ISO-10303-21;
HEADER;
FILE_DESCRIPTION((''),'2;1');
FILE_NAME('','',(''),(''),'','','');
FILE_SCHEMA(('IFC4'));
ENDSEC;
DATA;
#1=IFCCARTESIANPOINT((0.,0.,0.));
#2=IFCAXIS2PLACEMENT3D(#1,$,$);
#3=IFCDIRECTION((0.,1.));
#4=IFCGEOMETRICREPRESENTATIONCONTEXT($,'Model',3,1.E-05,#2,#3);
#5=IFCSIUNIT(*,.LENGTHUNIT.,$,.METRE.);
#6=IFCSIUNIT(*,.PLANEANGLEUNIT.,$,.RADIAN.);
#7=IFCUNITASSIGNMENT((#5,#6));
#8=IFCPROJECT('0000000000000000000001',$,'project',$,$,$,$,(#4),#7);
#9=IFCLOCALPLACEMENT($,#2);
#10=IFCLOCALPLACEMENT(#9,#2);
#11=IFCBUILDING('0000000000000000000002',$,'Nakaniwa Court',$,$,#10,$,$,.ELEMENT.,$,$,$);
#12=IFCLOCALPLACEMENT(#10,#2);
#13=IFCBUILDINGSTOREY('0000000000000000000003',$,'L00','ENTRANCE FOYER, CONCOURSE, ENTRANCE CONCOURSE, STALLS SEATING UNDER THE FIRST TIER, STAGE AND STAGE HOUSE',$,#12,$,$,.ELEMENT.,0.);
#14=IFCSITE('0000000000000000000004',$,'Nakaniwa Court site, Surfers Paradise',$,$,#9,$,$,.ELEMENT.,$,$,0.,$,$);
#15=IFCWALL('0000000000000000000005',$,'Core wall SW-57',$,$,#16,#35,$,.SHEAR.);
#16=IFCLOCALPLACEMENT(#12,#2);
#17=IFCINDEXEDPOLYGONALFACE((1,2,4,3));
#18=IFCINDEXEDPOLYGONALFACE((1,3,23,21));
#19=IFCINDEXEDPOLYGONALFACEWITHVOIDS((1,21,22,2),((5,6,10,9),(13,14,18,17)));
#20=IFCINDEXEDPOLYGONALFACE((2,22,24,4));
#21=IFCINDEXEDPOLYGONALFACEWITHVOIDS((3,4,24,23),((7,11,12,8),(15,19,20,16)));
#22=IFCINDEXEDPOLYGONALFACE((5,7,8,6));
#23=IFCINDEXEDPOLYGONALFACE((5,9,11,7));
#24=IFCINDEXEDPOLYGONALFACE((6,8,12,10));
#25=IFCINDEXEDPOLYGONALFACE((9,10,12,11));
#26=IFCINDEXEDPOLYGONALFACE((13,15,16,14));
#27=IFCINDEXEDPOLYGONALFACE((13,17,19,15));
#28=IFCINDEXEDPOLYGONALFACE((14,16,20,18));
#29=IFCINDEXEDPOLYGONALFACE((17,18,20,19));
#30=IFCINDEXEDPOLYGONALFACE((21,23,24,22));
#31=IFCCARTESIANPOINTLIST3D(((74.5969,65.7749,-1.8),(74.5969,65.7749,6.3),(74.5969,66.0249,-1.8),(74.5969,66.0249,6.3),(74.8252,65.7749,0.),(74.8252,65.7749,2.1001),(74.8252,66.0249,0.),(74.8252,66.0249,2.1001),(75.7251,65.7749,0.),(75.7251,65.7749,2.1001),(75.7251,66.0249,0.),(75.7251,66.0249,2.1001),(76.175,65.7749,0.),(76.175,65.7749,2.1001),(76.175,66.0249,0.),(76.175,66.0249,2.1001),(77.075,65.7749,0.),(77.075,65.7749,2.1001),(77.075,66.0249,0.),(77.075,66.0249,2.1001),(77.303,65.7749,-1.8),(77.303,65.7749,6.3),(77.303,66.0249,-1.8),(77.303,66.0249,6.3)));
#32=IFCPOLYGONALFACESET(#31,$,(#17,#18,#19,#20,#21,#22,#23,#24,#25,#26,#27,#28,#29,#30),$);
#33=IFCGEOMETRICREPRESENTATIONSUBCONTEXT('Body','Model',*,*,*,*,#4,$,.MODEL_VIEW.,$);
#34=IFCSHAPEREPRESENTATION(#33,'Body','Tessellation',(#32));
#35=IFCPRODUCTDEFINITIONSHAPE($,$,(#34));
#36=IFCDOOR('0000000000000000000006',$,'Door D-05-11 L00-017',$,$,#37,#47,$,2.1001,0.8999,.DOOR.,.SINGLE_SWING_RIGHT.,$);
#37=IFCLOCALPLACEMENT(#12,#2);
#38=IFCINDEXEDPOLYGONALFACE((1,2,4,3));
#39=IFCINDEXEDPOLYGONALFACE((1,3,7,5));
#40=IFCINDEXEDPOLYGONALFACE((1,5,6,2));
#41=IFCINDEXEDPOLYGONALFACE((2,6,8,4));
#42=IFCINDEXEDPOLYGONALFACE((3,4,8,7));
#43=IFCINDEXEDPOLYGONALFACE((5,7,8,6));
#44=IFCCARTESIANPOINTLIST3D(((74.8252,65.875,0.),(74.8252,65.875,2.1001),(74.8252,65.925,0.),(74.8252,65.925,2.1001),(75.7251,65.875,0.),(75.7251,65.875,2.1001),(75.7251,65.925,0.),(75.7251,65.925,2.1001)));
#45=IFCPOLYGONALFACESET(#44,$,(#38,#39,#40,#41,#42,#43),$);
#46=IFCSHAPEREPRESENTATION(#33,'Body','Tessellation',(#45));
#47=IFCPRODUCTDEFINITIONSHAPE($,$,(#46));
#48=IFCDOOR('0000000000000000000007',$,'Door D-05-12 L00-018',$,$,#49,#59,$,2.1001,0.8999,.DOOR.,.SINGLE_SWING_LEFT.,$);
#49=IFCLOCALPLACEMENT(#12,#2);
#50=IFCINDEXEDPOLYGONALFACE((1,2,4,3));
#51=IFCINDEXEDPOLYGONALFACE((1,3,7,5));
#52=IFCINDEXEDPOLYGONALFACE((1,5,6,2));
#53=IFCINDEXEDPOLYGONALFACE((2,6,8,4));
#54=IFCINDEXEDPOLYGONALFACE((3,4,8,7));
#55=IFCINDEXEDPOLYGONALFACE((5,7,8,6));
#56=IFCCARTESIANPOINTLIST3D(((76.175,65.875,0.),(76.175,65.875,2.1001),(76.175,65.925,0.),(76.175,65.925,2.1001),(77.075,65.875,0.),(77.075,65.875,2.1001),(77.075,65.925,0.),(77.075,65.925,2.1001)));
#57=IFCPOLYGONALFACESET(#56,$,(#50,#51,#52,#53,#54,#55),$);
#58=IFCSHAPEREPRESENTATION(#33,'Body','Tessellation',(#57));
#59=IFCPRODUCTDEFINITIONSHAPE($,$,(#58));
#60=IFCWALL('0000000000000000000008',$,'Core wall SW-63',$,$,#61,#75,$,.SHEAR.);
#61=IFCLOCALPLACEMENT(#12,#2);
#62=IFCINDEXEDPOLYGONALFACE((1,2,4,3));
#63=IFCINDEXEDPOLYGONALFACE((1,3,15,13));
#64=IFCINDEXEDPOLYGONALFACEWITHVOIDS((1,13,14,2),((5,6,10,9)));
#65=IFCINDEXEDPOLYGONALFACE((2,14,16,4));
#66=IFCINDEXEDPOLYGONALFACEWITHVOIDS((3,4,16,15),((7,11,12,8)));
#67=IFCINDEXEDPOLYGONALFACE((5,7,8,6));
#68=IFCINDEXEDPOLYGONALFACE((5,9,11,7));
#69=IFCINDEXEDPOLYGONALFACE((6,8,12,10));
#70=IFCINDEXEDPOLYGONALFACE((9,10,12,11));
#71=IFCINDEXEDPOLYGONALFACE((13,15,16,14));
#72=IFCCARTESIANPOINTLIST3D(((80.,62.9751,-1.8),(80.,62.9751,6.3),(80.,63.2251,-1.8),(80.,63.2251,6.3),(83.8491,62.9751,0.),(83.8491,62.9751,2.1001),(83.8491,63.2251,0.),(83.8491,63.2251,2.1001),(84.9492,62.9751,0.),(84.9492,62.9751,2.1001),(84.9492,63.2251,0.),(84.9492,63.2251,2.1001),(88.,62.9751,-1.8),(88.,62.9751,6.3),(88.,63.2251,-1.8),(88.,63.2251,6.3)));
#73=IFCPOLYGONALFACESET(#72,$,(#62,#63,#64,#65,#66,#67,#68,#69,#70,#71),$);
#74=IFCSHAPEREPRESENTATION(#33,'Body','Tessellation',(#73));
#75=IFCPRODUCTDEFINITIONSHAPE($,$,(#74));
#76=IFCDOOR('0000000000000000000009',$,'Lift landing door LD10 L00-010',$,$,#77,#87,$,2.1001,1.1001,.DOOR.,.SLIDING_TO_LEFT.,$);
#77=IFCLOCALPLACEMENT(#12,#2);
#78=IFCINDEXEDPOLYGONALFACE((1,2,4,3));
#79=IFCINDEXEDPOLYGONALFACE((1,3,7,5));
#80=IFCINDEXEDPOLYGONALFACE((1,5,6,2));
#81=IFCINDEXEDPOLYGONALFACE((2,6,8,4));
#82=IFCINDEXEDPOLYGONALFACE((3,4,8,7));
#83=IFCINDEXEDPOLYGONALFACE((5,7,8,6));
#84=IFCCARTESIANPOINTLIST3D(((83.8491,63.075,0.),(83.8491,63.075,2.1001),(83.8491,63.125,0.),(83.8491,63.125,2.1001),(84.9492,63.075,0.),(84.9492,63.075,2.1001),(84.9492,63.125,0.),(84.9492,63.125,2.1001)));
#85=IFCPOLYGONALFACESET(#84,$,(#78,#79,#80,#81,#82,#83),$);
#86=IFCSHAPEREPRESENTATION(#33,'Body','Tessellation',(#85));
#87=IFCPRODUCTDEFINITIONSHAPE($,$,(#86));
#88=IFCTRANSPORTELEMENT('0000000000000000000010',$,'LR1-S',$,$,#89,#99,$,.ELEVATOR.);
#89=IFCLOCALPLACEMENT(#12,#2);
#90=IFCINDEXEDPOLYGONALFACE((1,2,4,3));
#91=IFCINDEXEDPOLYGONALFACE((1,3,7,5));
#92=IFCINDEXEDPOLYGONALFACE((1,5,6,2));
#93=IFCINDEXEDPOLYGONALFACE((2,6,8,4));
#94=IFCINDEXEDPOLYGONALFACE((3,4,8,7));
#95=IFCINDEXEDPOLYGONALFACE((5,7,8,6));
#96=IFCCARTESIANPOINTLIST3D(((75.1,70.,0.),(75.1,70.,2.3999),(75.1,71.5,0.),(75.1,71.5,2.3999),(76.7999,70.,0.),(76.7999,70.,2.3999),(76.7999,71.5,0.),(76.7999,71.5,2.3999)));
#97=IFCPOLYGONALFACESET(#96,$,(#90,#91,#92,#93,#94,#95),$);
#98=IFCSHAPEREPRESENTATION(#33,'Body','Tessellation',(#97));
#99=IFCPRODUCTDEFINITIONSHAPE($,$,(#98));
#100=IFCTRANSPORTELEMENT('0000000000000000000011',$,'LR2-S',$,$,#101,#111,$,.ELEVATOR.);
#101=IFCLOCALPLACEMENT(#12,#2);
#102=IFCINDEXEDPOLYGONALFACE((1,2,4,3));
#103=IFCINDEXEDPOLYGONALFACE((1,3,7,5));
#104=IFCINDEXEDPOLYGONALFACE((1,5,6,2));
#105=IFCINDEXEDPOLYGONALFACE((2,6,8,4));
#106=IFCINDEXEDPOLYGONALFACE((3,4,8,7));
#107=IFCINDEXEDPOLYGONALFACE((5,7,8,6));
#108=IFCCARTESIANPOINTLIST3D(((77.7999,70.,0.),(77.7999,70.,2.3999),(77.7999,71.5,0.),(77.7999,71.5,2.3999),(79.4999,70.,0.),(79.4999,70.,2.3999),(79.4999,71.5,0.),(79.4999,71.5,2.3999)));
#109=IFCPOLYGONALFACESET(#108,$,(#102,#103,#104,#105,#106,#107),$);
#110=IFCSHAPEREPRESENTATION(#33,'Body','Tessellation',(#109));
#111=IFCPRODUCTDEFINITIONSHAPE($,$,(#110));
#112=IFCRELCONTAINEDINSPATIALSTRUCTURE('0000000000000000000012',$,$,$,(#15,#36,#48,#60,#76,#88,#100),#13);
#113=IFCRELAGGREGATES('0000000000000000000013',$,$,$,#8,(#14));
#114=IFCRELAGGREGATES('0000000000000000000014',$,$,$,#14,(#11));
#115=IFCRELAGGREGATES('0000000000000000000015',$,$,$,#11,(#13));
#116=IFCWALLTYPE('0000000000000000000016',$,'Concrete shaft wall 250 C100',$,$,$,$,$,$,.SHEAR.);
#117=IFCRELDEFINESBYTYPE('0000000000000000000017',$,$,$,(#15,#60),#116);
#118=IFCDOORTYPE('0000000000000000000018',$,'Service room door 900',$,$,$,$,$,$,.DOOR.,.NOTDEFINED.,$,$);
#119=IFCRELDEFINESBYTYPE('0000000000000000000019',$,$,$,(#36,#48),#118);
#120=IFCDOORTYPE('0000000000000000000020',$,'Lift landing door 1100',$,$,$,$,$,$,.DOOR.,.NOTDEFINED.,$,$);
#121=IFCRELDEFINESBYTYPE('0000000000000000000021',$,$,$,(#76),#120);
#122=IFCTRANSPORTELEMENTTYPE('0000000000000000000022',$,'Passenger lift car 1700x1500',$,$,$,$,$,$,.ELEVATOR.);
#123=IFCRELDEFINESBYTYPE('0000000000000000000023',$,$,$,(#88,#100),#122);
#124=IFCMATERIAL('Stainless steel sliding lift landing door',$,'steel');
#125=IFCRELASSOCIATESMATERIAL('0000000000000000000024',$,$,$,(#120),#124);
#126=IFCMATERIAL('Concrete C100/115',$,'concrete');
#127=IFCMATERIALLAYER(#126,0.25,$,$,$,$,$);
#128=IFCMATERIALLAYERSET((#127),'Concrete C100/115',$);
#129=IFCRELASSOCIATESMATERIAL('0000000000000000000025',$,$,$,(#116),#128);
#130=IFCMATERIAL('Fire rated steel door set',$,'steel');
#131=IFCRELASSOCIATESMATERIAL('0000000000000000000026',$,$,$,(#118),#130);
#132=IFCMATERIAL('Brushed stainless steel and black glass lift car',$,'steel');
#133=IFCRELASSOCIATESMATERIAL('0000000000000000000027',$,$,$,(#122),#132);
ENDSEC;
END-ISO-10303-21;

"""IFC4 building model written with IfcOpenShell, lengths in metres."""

from ifc_helpers import new_model, si_unit, direction, frame, frame_2d, origin, origin_2d, place, context, subcontext, project, spatial, rectangle, extrude, material, layer, layer_set, type_object, element, fill, save


model = new_model("IFC4")

# Units and contexts
model_context = context("Model", 3, precision=1e-05, world=origin(), true_north=direction((0.0, 1.0)))
body_context = subcontext(model_context, "Body", "Model", "MODEL_VIEW")
ifc_project = project(units=[si_unit("LENGTHUNIT", "METRE"), si_unit("PLANEANGLEUNIT", "RADIAN")], contexts=[model_context])

# Site, building, storey
site_placement = place(None, origin())
site = spatial("IfcSite", under=ifc_project, at=site_placement, Name="Nakaniwa Court site, Surfers Paradise", CompositionType="ELEMENT", RefElevation=0.0)
building_placement = place(site_placement, origin())
building = spatial("IfcBuilding", under=site, at=building_placement, Name="Nakaniwa Court", CompositionType="ELEMENT")
storey_placement = place(building_placement, origin())
storey = spatial("IfcBuildingStorey", under=building, at=storey_placement, Name="L00", Description="ENTRANCE FOYER, CONCOURSE, ENTRANCE CONCOURSE, STALLS SEATING UNDER THE FIRST TIER, STAGE AND STAGE HOUSE", CompositionType="ELEMENT", Elevation=0.0)

# Shared definitions
ifc_material_1 = material(Name="Fire rated steel door set", Category="steel")

# Shared definitions
ifc_material_2 = material(Name="Concrete C100/115", Category="concrete")
ifc_material_3 = material(Name="Stainless steel sliding lift landing door", Category="steel")
door_type_1 = type_object("IfcDoorType", Name="Lift landing door 1100", OperationType="NOTDEFINED", PredefinedType="DOOR", material=ifc_material_3)

# Shared definitions
ifc_layer_1 = layer(ifc_material_2, 0.25)
ifc_layer_set_1 = layer_set([ifc_layer_1], Name="Concrete C100/115")
wall_type_1 = type_object("IfcWallType", Name="Concrete shaft wall 250 C100", PredefinedType="SHEAR", material=ifc_layer_set_1)

# Wall, openings, doors
wall_1_placement = place(storey_placement, frame((77.303, 65.8999, -1.8), z_axis=(0.0, 0.0, 1.0), x_axis=(-1.0, 0.0, 0.0)))
wall_1 = element("IfcWall", 1, at=wall_1_placement, inside=storey, type_object=wall_type_1, Name="Core wall SW-57", PredefinedType="SHEAR", context=body_context, shape_type="SweptSolid", body=[
    extrude(rectangle(XDim=2.7061, YDim=0.25, at=frame_2d((1.353, 0.0))), origin(), (0.0, 0.0, 1.0), 8.1001),
])
opening_1_placement = place(wall_1_placement, frame((1.5779, 0.0, 1.8)))
opening_1 = element("IfcOpeningElement", 2, at=opening_1_placement, cuts=wall_1, PredefinedType="OPENING", context=body_context, shape_type="SweptSolid", body=[
    extrude(rectangle(XDim=0.8999, YDim=2.1001, at=frame_2d((0.45, 1.05))), frame((0.0, 0.135, 0.0), z_axis=(0.0, -1.0, 0.0), x_axis=(1.0, 0.0, 0.0)), (0.0, 0.0, 1.0), 0.27),
])
opening_2_placement = place(wall_1_placement, frame((0.228, 0.0, 1.8)))
opening_2 = element("IfcOpeningElement", 3, at=opening_2_placement, cuts=wall_1, PredefinedType="OPENING", context=body_context, shape_type="SweptSolid", body=[
    extrude(rectangle(XDim=0.8999, YDim=2.1001, at=frame_2d((0.45, 1.05))), frame((0.0, 0.135, 0.0), z_axis=(0.0, -1.0, 0.0), x_axis=(1.0, 0.0, 0.0)), (0.0, 0.0, 1.0), 0.27),
])
door_type_2 = type_object("IfcDoorType", Name="Service room door 900", OperationType="NOTDEFINED", PredefinedType="DOOR", material=ifc_material_1)
door_1_placement = place(opening_1_placement, origin())
door_1 = element("IfcDoor", 4, at=door_1_placement, inside=storey, type_object=door_type_2, Name="Door D-05-11 L00-017", OperationType="SINGLE_SWING_RIGHT", OverallHeight=2.1001, OverallWidth=0.8999, PredefinedType="DOOR", context=body_context, shape_type="SweptSolid", body=[
    extrude(rectangle(XDim=0.8999, YDim=2.1001, at=frame_2d((0.45, 1.05))), frame((0.0, 0.0249, 0.0), z_axis=(0.0, -1.0, 0.0), x_axis=(1.0, 0.0, 0.0)), (0.0, 0.0, 1.0), 0.05),
])
fill(opening_1, door_1)
door_2_placement = place(opening_2_placement, origin())
door_2 = element("IfcDoor", 5, at=door_2_placement, inside=storey, type_object=door_type_2, Name="Door D-05-12 L00-018", OperationType="SINGLE_SWING_LEFT", OverallHeight=2.1001, OverallWidth=0.8999, PredefinedType="DOOR", context=body_context, shape_type="SweptSolid", body=[
    extrude(rectangle(XDim=0.8999, YDim=2.1001, at=frame_2d((0.45, 1.05))), frame((0.0, 0.0249, 0.0), z_axis=(0.0, -1.0, 0.0), x_axis=(1.0, 0.0, 0.0)), (0.0, 0.0, 1.0), 0.05),
])
fill(opening_2, door_2)

# Wall, opening, door
wall_2_placement = place(storey_placement, frame((80.0, 63.1001, -1.8), z_axis=(0.0, 0.0, 1.0), x_axis=(1.0, 0.0, 0.0)))
wall_2 = element("IfcWall", 6, at=wall_2_placement, inside=storey, type_object=wall_type_1, Name="Core wall SW-63", PredefinedType="SHEAR", context=body_context, shape_type="SweptSolid", body=[
    extrude(rectangle(XDim=8.0, YDim=0.25, at=frame_2d((4.0, 0.0))), origin(), (0.0, 0.0, 1.0), 8.1001),
])
opening_3_placement = place(wall_2_placement, frame((3.8491, 0.0, 1.8)))
opening_3 = element("IfcOpeningElement", 7, at=opening_3_placement, cuts=wall_2, PredefinedType="OPENING", context=body_context, shape_type="SweptSolid", body=[
    extrude(rectangle(XDim=1.1001, YDim=2.1001, at=frame_2d((0.55, 1.05))), frame((0.0, 0.135, 0.0), z_axis=(0.0, -1.0, 0.0), x_axis=(1.0, 0.0, 0.0)), (0.0, 0.0, 1.0), 0.27),
])
door_3_placement = place(opening_3_placement, origin())
door_3 = element("IfcDoor", 8, at=door_3_placement, inside=storey, type_object=door_type_1, Name="Lift landing door LD10 L00-010", OperationType="SLIDING_TO_LEFT", OverallHeight=2.1001, OverallWidth=1.1001, PredefinedType="DOOR", context=body_context, shape_type="SweptSolid", body=[
    extrude(rectangle(XDim=1.1001, YDim=2.1001, at=frame_2d((0.55, 1.05))), frame((0.0, 0.0249, 0.0), z_axis=(0.0, -1.0, 0.0), x_axis=(1.0, 0.0, 0.0)), (0.0, 0.0, 1.0), 0.05),
])
fill(opening_3, door_3)

# Transport elements
ifc_material_4 = material(Name="Brushed stainless steel and black glass lift car", Category="steel")
transport_element_type = type_object("IfcTransportElementType", Name="Passenger lift car 1700x1500", PredefinedType="ELEVATOR", material=ifc_material_4)
for number, where, z_axis, x_axis, name in (
    (9, (75.95, 70.75, 0.0), (0.0, 0.0, 1.0), (1.0, 0.0, 0.0), "LR1-S"),
    (10, (78.6499, 70.75, 0.0), (0.0, 0.0, 1.0), (1.0, 0.0, 0.0), "LR2-S"),
):
    element("IfcTransportElement", number, at=place(storey_placement, frame(where, z_axis=z_axis, x_axis=x_axis)), inside=storey, type_object=transport_element_type, Name=name, PredefinedType="ELEVATOR", context=body_context, shape_type="SweptSolid", body=[
        extrude(rectangle(XDim=1.7, YDim=1.5, at=origin_2d()), origin(), (0.0, 0.0, 1.0), 2.3999),
    ])

save(model, "model.ifc")
